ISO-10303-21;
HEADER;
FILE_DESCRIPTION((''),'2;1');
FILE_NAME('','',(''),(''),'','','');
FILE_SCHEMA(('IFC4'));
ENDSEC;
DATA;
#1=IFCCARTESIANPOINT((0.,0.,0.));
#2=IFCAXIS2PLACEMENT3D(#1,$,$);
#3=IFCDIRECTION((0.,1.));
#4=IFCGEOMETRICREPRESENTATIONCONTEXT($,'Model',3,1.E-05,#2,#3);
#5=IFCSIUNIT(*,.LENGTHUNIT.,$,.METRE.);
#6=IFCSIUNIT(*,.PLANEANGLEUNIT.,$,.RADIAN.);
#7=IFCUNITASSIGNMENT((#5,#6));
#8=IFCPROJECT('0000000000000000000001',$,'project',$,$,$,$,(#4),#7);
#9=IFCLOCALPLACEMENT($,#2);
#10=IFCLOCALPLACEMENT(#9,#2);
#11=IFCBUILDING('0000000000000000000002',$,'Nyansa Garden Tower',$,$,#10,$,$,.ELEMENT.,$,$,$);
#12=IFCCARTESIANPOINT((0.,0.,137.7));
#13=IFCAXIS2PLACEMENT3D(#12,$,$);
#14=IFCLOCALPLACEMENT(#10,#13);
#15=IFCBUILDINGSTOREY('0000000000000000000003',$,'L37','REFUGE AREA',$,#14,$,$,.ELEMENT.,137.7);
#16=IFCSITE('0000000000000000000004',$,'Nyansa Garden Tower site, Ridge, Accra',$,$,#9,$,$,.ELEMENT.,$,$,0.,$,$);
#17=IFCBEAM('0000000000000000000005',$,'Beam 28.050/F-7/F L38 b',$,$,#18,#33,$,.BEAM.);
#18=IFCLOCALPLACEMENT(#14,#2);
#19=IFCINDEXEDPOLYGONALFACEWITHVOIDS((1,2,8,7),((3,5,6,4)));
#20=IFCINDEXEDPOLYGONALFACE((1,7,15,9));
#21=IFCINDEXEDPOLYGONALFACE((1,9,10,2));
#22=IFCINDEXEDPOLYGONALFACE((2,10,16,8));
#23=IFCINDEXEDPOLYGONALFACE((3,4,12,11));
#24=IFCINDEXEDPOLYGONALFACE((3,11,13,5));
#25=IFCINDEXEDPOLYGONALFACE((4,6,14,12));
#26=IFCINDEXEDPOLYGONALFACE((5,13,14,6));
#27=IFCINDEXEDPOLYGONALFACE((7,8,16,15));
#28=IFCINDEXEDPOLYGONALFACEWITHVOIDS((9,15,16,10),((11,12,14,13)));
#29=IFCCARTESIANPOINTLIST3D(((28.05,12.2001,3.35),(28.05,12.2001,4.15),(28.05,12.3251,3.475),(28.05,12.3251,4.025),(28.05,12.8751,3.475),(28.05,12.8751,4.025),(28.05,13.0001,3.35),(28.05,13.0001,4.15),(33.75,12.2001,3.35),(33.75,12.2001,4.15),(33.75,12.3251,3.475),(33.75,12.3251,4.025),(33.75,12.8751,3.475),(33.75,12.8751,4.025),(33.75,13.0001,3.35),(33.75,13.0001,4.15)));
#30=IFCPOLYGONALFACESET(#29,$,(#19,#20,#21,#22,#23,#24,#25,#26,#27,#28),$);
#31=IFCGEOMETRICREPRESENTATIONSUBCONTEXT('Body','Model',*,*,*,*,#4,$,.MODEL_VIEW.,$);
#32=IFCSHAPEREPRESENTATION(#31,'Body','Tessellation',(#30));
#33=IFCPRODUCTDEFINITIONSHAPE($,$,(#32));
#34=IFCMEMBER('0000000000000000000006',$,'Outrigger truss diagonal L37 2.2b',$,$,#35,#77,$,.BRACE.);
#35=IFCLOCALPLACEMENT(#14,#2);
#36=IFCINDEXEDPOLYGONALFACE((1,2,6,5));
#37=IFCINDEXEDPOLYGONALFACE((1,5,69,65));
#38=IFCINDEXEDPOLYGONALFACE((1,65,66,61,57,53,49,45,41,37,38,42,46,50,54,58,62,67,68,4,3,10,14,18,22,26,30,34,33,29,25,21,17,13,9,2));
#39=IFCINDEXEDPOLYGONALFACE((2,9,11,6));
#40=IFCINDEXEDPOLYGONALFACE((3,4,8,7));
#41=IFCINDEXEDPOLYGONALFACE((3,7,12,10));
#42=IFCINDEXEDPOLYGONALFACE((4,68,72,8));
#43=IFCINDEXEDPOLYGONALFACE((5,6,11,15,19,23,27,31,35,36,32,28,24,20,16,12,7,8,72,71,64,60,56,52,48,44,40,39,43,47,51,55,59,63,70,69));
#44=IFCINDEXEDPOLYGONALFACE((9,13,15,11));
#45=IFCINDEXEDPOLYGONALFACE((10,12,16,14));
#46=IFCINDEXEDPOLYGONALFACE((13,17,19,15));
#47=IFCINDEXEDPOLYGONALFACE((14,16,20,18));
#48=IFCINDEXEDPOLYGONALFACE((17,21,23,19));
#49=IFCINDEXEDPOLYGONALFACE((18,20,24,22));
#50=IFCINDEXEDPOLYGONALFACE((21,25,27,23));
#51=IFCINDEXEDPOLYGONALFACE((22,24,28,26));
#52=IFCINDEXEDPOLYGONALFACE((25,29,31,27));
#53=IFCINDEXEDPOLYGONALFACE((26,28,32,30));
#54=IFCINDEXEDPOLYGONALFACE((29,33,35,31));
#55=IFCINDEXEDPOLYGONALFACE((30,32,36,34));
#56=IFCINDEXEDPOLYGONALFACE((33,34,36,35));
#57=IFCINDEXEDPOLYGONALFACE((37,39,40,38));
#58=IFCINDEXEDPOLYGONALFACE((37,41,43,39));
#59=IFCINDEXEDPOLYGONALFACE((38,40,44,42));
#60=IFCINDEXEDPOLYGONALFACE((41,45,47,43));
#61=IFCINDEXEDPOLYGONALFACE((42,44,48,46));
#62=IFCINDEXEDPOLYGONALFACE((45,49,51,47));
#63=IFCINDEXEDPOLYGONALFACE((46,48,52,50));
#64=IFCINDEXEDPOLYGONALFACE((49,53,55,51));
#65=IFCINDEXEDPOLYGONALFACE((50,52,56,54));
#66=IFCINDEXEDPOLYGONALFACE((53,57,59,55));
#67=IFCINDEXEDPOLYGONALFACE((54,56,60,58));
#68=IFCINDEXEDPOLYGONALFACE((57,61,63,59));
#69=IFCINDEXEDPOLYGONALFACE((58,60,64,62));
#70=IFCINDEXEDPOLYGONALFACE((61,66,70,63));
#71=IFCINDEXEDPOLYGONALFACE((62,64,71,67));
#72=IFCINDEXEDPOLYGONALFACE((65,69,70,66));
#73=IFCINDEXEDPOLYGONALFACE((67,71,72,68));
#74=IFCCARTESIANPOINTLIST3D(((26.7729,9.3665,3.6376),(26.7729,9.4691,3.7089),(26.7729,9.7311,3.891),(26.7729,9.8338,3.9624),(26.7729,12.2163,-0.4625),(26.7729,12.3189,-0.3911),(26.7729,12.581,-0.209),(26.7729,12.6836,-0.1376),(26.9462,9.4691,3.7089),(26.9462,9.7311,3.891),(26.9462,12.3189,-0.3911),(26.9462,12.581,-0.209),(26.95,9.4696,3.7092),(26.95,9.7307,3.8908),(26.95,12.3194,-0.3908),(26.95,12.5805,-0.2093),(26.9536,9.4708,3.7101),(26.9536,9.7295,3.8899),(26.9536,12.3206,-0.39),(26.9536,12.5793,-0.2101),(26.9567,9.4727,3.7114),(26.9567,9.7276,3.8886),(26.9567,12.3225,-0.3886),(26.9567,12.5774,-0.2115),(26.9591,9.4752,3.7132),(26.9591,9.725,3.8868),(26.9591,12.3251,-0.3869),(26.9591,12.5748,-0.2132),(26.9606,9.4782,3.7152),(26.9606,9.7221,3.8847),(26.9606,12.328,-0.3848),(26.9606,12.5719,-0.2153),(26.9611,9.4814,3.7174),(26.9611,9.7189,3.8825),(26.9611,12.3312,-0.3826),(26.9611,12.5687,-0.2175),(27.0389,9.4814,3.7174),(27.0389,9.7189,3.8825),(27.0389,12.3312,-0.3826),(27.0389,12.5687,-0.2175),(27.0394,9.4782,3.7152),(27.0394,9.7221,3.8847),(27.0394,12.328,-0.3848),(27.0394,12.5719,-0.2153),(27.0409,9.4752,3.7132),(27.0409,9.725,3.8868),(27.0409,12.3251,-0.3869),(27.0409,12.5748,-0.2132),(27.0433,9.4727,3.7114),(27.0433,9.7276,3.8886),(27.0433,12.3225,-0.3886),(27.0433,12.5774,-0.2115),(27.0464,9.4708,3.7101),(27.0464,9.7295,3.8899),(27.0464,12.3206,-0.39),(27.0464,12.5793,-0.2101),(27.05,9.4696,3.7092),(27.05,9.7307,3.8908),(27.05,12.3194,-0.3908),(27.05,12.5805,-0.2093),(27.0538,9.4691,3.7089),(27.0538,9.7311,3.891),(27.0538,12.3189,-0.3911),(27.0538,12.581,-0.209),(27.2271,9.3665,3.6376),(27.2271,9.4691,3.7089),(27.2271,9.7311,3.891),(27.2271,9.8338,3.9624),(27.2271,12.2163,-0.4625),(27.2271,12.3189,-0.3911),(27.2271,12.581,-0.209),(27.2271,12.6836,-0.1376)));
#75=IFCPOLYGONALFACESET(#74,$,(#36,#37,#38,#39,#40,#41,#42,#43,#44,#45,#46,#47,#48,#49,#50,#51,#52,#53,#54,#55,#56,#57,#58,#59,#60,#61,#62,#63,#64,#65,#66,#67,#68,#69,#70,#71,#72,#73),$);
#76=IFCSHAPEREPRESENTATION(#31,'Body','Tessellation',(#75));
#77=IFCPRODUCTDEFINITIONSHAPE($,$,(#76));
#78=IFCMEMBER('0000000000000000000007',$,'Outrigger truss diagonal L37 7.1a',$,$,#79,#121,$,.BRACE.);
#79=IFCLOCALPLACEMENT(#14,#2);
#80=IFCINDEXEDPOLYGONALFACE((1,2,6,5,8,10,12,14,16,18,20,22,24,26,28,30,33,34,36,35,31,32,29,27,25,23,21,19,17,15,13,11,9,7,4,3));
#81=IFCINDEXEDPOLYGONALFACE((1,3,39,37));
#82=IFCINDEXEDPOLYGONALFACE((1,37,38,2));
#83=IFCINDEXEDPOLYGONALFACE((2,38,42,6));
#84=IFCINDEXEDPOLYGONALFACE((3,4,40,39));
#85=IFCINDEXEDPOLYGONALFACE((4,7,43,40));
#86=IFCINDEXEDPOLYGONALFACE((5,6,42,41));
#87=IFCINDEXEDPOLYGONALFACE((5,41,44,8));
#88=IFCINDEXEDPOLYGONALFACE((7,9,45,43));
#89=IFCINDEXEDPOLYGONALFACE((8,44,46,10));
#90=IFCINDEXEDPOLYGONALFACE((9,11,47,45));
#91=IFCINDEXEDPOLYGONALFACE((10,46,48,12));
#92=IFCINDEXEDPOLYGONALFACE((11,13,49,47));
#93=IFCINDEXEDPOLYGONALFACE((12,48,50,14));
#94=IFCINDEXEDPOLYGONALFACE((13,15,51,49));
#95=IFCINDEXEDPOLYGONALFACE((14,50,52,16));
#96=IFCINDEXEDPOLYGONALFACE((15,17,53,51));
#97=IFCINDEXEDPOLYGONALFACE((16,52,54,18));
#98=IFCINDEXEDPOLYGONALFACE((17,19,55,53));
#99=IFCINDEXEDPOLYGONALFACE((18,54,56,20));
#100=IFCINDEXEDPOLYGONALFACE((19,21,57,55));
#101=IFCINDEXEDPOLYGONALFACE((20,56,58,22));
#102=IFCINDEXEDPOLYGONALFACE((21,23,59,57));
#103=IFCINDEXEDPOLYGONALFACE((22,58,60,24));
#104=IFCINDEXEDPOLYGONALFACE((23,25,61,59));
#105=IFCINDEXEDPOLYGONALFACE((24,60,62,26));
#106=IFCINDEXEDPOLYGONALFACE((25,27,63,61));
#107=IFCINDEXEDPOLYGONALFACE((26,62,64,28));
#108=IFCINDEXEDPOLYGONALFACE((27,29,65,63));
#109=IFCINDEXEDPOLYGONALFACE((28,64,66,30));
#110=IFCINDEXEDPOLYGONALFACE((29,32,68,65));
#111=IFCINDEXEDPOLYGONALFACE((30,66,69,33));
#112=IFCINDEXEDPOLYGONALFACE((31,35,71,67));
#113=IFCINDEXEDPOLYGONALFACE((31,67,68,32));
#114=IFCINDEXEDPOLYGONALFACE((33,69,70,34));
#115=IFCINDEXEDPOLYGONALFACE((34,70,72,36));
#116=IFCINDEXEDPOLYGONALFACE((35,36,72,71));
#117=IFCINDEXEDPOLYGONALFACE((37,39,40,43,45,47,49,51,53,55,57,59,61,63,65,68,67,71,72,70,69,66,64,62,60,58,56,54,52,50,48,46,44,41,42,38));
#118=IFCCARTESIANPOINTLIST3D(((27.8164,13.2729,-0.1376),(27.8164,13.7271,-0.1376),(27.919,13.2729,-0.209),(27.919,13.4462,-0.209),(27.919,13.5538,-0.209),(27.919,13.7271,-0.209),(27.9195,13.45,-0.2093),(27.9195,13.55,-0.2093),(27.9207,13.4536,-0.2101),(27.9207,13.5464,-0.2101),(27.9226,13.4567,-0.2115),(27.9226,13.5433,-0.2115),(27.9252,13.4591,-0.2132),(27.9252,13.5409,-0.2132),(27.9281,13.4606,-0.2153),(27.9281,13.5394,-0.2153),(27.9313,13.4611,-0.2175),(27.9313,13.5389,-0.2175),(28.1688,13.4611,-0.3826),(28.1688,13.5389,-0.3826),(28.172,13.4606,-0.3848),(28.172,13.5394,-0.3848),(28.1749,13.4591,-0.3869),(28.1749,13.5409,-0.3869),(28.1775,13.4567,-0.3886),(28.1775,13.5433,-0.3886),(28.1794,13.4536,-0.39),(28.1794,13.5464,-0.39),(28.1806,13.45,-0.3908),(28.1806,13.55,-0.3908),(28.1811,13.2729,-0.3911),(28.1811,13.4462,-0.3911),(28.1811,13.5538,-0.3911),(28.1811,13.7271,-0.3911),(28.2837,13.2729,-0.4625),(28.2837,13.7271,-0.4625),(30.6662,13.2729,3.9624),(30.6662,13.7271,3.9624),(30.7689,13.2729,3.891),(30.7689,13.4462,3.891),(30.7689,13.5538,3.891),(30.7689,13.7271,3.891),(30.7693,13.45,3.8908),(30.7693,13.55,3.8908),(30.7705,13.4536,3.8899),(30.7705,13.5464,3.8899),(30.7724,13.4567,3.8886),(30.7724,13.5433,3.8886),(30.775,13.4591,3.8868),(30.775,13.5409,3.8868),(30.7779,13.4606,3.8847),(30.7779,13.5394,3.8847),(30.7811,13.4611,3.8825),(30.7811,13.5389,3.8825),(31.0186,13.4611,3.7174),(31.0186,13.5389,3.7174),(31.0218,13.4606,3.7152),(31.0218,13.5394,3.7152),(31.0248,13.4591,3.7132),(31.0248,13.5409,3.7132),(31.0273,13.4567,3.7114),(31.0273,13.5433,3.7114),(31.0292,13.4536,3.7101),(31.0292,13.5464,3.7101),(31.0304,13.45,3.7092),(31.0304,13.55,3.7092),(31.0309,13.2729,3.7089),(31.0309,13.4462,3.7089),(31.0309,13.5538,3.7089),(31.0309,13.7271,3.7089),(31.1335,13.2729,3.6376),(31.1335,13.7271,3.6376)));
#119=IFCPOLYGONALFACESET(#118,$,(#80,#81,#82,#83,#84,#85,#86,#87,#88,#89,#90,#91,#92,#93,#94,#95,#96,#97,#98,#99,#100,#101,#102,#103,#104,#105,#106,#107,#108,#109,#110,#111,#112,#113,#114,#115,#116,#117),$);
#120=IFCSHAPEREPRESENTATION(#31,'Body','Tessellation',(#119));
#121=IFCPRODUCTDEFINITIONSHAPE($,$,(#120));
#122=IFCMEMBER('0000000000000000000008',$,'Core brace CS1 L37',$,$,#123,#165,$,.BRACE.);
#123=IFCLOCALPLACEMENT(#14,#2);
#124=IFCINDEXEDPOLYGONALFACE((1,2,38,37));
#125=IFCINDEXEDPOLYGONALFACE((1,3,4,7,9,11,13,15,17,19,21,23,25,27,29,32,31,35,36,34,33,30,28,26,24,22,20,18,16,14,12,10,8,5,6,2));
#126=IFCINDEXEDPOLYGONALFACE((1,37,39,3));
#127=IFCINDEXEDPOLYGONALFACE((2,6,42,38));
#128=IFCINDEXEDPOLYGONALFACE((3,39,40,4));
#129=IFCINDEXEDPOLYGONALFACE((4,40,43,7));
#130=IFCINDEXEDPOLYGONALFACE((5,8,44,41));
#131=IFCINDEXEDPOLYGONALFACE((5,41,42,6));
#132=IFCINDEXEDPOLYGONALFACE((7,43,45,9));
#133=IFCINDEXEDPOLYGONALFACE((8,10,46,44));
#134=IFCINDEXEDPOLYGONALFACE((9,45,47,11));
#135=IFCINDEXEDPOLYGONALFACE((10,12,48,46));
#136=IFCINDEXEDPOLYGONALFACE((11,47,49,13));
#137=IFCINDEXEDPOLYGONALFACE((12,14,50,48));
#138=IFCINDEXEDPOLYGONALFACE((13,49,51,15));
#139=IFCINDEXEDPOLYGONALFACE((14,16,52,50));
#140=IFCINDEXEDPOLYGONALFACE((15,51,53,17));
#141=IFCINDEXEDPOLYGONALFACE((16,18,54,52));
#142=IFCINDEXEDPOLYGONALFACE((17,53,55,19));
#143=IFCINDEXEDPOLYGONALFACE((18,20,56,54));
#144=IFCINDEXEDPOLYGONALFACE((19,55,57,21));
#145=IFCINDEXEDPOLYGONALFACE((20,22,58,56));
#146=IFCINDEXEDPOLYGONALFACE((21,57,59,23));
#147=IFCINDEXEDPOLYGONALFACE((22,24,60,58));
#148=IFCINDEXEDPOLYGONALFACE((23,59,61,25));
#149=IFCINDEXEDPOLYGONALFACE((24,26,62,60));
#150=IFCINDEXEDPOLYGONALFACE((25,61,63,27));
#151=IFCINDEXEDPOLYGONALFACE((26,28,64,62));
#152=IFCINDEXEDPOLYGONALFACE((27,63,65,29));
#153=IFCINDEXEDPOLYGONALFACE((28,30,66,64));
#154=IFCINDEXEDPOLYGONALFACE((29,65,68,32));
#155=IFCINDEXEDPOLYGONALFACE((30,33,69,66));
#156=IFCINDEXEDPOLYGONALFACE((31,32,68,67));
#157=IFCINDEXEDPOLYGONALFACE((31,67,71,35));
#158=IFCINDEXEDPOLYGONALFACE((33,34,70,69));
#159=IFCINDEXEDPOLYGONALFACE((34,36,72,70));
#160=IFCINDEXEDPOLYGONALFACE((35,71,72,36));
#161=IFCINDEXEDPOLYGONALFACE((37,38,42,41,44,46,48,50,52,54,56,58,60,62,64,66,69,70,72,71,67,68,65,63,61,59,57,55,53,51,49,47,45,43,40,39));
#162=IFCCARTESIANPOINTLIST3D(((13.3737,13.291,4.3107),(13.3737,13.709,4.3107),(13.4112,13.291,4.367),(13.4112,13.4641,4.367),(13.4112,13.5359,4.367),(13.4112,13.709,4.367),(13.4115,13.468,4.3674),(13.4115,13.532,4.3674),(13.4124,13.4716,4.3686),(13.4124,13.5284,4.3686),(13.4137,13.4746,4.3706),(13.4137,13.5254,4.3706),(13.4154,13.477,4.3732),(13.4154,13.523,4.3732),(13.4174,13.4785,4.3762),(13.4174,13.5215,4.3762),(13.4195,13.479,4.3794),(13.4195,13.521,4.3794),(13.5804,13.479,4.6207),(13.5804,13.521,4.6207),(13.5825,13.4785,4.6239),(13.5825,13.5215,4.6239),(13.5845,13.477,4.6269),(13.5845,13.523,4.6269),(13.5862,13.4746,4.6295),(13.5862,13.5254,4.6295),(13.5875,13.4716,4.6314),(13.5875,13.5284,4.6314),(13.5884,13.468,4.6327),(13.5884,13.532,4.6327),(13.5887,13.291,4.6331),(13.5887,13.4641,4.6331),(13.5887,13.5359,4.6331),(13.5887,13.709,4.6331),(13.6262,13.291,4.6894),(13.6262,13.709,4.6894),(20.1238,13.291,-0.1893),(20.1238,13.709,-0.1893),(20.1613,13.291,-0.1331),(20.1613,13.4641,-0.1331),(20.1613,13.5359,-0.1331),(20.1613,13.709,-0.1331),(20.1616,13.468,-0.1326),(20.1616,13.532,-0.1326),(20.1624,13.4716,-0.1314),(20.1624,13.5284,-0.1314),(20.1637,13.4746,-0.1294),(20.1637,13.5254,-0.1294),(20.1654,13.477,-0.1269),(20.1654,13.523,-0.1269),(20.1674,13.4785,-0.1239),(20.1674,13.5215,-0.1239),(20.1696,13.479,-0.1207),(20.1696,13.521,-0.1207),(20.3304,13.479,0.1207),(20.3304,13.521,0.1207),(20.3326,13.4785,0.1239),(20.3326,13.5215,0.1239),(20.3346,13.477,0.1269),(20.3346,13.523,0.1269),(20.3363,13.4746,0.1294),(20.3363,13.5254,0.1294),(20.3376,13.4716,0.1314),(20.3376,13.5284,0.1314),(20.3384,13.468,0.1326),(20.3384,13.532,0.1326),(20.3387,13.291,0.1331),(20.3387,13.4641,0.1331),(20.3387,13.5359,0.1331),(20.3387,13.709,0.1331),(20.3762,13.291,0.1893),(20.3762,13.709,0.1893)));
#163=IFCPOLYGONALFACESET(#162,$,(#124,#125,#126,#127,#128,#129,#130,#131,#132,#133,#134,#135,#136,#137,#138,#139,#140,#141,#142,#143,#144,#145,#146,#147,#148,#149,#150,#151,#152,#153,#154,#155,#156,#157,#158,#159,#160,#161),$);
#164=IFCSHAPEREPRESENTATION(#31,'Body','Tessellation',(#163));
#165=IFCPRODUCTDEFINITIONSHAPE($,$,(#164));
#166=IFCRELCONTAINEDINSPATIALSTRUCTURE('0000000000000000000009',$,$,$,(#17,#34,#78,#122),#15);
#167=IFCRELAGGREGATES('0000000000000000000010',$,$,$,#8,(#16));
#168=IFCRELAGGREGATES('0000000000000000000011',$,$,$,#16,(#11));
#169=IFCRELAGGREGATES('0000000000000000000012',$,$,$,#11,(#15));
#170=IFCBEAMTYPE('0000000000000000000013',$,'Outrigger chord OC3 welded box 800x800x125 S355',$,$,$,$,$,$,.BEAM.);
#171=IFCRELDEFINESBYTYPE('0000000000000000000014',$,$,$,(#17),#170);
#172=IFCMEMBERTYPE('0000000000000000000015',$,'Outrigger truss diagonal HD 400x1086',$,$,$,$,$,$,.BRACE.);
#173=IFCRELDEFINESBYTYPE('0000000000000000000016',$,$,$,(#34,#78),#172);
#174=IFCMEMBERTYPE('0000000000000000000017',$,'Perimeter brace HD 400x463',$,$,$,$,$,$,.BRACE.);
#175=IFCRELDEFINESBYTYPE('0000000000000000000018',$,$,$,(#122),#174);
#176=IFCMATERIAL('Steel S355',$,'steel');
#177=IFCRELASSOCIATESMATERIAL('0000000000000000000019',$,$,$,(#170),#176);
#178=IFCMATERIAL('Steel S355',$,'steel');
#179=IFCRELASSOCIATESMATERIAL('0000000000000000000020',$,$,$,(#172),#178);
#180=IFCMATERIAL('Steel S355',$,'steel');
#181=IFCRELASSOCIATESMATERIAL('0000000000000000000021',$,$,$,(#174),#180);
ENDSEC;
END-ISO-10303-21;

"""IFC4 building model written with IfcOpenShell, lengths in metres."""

from ifc_helpers import new_model, si_unit, direction, frame, origin, origin_2d, place, context, subcontext, project, spatial, hollow_rectangle, i_section, extrude, material, material_profile, profile_set, type_object, element, save


model = new_model("IFC4")

# Units and contexts
model_context = context("Model", 3, precision=1e-05, world=origin(), true_north=direction((0.0, 1.0)))
body_context = subcontext(model_context, "Body", "Model", "MODEL_VIEW")
ifc_project = project(units=[si_unit("LENGTHUNIT", "METRE"), si_unit("PLANEANGLEUNIT", "RADIAN")], contexts=[model_context])

# Site, building, storey
site_placement = place(None, origin())
site = spatial("IfcSite", under=ifc_project, at=site_placement, Name="Nyansa Garden Tower site, Ridge, Accra", CompositionType="ELEMENT", RefElevation=0.0)
building_placement = place(site_placement, origin())
building = spatial("IfcBuilding", under=site, at=building_placement, Name="Nyansa Garden Tower", CompositionType="ELEMENT")
storey_placement = place(building_placement, frame((0.0, 0.0, 137.7)))
storey = spatial("IfcBuildingStorey", under=building, at=storey_placement, Name="L37", Description="REFUGE AREA", CompositionType="ELEMENT", Elevation=137.7)

# Beam
ifc_material_1 = material(Name="Steel S355", Category="steel")
ifc_material_profile_1 = material_profile(ifc_material_1, hollow_rectangle(XDim=0.8, YDim=0.8, WallThickness=0.125, at=origin_2d()), Name="Welded box 800x800x125")
ifc_profile_set_1 = profile_set([ifc_material_profile_1], Name="Steel S355")
beam_type_1 = type_object("IfcBeamType", Name="Outrigger chord OC3 welded box 800x800x125 S355", PredefinedType="BEAM", material=ifc_profile_set_1)
beam_1_placement = place(storey_placement, frame((28.05, 12.6001, 3.75), z_axis=(1.0, 0.0, 0.0), x_axis=(0.0, 1.0, 0.0)))
element("IfcBeam", 1, at=beam_1_placement, inside=storey, type_object=beam_type_1, Name="Beam 28.050/F-7/F L38 b", PredefinedType="BEAM", context=body_context, shape_type="SweptSolid", body=[
    extrude(hollow_rectangle(XDim=0.8, YDim=0.8, WallThickness=0.125, at=origin_2d()), origin(), (0.0, 0.0, 1.0), 5.7),
])

# Members
ifc_material_2 = material(Name="Steel S355", Category="steel")
ifc_material_profile_2 = material_profile(ifc_material_2, i_section(OverallWidth=0.4541, OverallDepth=0.5691, WebThickness=0.0779, FlangeThickness=0.125, FilletRadius=0.0149, at=origin_2d()), Name="HD 400x1086")
ifc_profile_set_2 = profile_set([ifc_material_profile_2], Name="Steel S355")
member_type_1 = type_object("IfcMemberType", Name="Outrigger truss diagonal HD 400x1086", PredefinedType="BRACE", material=ifc_profile_set_2)
for number, where, z_axis, x_axis, name in (
    (2, (27.0, 12.45, -0.3), (0.0, -0.570742, 0.821129), (1.0, 0.0, 0.0), "Outrigger truss diagonal L37 2.2b"),
    (3, (28.05, 13.5, -0.3), (0.570742, 0.0, 0.821129), (0.0, 1.0, 0.0), "Outrigger truss diagonal L37 7.1a"),
):
    element("IfcMember", number, at=place(storey_placement, frame(where, z_axis=z_axis, x_axis=x_axis)), inside=storey, type_object=member_type_1, Name=name, PredefinedType="BRACE", context=body_context, shape_type="SweptSolid", body=[
        extrude(i_section(OverallWidth=0.4541, OverallDepth=0.5691, WebThickness=0.0779, FlangeThickness=0.125, FilletRadius=0.0149, at=origin_2d()), origin(), (0.0, 0.0, 1.0), 4.9932),
    ])
ifc_material_3 = material(Name="Steel S355", Category="steel")
ifc_material_profile_3 = material_profile(ifc_material_3, i_section(OverallWidth=0.418, OverallDepth=0.4551, WebThickness=0.042, FlangeThickness=0.0676, FilletRadius=0.0149, at=origin_2d()), Name="HD 400x463")
ifc_profile_set_3 = profile_set([ifc_material_profile_3], Name="Steel S355")
member_type_2 = type_object("IfcMemberType", Name="Perimeter brace HD 400x463", PredefinedType="BRACE", material=ifc_profile_set_3)
for number, where, z_axis, x_axis, name in (
    (4, (20.25, 13.5, 0.0), (-0.83205, 0.0, 0.5547), (0.0, -1.0, 0.0), "Core brace CS1 L37"),
):
    element("IfcMember", number, at=place(storey_placement, frame(where, z_axis=z_axis, x_axis=x_axis)), inside=storey, type_object=member_type_2, Name=name, PredefinedType="BRACE", context=body_context, shape_type="SweptSolid", body=[
        extrude(i_section(OverallWidth=0.418, OverallDepth=0.4551, WebThickness=0.042, FlangeThickness=0.0676, FilletRadius=0.0149, at=origin_2d()), origin(), (0.0, 0.0, 1.0), 8.1125),
    ])

save(model, "model.ifc")
